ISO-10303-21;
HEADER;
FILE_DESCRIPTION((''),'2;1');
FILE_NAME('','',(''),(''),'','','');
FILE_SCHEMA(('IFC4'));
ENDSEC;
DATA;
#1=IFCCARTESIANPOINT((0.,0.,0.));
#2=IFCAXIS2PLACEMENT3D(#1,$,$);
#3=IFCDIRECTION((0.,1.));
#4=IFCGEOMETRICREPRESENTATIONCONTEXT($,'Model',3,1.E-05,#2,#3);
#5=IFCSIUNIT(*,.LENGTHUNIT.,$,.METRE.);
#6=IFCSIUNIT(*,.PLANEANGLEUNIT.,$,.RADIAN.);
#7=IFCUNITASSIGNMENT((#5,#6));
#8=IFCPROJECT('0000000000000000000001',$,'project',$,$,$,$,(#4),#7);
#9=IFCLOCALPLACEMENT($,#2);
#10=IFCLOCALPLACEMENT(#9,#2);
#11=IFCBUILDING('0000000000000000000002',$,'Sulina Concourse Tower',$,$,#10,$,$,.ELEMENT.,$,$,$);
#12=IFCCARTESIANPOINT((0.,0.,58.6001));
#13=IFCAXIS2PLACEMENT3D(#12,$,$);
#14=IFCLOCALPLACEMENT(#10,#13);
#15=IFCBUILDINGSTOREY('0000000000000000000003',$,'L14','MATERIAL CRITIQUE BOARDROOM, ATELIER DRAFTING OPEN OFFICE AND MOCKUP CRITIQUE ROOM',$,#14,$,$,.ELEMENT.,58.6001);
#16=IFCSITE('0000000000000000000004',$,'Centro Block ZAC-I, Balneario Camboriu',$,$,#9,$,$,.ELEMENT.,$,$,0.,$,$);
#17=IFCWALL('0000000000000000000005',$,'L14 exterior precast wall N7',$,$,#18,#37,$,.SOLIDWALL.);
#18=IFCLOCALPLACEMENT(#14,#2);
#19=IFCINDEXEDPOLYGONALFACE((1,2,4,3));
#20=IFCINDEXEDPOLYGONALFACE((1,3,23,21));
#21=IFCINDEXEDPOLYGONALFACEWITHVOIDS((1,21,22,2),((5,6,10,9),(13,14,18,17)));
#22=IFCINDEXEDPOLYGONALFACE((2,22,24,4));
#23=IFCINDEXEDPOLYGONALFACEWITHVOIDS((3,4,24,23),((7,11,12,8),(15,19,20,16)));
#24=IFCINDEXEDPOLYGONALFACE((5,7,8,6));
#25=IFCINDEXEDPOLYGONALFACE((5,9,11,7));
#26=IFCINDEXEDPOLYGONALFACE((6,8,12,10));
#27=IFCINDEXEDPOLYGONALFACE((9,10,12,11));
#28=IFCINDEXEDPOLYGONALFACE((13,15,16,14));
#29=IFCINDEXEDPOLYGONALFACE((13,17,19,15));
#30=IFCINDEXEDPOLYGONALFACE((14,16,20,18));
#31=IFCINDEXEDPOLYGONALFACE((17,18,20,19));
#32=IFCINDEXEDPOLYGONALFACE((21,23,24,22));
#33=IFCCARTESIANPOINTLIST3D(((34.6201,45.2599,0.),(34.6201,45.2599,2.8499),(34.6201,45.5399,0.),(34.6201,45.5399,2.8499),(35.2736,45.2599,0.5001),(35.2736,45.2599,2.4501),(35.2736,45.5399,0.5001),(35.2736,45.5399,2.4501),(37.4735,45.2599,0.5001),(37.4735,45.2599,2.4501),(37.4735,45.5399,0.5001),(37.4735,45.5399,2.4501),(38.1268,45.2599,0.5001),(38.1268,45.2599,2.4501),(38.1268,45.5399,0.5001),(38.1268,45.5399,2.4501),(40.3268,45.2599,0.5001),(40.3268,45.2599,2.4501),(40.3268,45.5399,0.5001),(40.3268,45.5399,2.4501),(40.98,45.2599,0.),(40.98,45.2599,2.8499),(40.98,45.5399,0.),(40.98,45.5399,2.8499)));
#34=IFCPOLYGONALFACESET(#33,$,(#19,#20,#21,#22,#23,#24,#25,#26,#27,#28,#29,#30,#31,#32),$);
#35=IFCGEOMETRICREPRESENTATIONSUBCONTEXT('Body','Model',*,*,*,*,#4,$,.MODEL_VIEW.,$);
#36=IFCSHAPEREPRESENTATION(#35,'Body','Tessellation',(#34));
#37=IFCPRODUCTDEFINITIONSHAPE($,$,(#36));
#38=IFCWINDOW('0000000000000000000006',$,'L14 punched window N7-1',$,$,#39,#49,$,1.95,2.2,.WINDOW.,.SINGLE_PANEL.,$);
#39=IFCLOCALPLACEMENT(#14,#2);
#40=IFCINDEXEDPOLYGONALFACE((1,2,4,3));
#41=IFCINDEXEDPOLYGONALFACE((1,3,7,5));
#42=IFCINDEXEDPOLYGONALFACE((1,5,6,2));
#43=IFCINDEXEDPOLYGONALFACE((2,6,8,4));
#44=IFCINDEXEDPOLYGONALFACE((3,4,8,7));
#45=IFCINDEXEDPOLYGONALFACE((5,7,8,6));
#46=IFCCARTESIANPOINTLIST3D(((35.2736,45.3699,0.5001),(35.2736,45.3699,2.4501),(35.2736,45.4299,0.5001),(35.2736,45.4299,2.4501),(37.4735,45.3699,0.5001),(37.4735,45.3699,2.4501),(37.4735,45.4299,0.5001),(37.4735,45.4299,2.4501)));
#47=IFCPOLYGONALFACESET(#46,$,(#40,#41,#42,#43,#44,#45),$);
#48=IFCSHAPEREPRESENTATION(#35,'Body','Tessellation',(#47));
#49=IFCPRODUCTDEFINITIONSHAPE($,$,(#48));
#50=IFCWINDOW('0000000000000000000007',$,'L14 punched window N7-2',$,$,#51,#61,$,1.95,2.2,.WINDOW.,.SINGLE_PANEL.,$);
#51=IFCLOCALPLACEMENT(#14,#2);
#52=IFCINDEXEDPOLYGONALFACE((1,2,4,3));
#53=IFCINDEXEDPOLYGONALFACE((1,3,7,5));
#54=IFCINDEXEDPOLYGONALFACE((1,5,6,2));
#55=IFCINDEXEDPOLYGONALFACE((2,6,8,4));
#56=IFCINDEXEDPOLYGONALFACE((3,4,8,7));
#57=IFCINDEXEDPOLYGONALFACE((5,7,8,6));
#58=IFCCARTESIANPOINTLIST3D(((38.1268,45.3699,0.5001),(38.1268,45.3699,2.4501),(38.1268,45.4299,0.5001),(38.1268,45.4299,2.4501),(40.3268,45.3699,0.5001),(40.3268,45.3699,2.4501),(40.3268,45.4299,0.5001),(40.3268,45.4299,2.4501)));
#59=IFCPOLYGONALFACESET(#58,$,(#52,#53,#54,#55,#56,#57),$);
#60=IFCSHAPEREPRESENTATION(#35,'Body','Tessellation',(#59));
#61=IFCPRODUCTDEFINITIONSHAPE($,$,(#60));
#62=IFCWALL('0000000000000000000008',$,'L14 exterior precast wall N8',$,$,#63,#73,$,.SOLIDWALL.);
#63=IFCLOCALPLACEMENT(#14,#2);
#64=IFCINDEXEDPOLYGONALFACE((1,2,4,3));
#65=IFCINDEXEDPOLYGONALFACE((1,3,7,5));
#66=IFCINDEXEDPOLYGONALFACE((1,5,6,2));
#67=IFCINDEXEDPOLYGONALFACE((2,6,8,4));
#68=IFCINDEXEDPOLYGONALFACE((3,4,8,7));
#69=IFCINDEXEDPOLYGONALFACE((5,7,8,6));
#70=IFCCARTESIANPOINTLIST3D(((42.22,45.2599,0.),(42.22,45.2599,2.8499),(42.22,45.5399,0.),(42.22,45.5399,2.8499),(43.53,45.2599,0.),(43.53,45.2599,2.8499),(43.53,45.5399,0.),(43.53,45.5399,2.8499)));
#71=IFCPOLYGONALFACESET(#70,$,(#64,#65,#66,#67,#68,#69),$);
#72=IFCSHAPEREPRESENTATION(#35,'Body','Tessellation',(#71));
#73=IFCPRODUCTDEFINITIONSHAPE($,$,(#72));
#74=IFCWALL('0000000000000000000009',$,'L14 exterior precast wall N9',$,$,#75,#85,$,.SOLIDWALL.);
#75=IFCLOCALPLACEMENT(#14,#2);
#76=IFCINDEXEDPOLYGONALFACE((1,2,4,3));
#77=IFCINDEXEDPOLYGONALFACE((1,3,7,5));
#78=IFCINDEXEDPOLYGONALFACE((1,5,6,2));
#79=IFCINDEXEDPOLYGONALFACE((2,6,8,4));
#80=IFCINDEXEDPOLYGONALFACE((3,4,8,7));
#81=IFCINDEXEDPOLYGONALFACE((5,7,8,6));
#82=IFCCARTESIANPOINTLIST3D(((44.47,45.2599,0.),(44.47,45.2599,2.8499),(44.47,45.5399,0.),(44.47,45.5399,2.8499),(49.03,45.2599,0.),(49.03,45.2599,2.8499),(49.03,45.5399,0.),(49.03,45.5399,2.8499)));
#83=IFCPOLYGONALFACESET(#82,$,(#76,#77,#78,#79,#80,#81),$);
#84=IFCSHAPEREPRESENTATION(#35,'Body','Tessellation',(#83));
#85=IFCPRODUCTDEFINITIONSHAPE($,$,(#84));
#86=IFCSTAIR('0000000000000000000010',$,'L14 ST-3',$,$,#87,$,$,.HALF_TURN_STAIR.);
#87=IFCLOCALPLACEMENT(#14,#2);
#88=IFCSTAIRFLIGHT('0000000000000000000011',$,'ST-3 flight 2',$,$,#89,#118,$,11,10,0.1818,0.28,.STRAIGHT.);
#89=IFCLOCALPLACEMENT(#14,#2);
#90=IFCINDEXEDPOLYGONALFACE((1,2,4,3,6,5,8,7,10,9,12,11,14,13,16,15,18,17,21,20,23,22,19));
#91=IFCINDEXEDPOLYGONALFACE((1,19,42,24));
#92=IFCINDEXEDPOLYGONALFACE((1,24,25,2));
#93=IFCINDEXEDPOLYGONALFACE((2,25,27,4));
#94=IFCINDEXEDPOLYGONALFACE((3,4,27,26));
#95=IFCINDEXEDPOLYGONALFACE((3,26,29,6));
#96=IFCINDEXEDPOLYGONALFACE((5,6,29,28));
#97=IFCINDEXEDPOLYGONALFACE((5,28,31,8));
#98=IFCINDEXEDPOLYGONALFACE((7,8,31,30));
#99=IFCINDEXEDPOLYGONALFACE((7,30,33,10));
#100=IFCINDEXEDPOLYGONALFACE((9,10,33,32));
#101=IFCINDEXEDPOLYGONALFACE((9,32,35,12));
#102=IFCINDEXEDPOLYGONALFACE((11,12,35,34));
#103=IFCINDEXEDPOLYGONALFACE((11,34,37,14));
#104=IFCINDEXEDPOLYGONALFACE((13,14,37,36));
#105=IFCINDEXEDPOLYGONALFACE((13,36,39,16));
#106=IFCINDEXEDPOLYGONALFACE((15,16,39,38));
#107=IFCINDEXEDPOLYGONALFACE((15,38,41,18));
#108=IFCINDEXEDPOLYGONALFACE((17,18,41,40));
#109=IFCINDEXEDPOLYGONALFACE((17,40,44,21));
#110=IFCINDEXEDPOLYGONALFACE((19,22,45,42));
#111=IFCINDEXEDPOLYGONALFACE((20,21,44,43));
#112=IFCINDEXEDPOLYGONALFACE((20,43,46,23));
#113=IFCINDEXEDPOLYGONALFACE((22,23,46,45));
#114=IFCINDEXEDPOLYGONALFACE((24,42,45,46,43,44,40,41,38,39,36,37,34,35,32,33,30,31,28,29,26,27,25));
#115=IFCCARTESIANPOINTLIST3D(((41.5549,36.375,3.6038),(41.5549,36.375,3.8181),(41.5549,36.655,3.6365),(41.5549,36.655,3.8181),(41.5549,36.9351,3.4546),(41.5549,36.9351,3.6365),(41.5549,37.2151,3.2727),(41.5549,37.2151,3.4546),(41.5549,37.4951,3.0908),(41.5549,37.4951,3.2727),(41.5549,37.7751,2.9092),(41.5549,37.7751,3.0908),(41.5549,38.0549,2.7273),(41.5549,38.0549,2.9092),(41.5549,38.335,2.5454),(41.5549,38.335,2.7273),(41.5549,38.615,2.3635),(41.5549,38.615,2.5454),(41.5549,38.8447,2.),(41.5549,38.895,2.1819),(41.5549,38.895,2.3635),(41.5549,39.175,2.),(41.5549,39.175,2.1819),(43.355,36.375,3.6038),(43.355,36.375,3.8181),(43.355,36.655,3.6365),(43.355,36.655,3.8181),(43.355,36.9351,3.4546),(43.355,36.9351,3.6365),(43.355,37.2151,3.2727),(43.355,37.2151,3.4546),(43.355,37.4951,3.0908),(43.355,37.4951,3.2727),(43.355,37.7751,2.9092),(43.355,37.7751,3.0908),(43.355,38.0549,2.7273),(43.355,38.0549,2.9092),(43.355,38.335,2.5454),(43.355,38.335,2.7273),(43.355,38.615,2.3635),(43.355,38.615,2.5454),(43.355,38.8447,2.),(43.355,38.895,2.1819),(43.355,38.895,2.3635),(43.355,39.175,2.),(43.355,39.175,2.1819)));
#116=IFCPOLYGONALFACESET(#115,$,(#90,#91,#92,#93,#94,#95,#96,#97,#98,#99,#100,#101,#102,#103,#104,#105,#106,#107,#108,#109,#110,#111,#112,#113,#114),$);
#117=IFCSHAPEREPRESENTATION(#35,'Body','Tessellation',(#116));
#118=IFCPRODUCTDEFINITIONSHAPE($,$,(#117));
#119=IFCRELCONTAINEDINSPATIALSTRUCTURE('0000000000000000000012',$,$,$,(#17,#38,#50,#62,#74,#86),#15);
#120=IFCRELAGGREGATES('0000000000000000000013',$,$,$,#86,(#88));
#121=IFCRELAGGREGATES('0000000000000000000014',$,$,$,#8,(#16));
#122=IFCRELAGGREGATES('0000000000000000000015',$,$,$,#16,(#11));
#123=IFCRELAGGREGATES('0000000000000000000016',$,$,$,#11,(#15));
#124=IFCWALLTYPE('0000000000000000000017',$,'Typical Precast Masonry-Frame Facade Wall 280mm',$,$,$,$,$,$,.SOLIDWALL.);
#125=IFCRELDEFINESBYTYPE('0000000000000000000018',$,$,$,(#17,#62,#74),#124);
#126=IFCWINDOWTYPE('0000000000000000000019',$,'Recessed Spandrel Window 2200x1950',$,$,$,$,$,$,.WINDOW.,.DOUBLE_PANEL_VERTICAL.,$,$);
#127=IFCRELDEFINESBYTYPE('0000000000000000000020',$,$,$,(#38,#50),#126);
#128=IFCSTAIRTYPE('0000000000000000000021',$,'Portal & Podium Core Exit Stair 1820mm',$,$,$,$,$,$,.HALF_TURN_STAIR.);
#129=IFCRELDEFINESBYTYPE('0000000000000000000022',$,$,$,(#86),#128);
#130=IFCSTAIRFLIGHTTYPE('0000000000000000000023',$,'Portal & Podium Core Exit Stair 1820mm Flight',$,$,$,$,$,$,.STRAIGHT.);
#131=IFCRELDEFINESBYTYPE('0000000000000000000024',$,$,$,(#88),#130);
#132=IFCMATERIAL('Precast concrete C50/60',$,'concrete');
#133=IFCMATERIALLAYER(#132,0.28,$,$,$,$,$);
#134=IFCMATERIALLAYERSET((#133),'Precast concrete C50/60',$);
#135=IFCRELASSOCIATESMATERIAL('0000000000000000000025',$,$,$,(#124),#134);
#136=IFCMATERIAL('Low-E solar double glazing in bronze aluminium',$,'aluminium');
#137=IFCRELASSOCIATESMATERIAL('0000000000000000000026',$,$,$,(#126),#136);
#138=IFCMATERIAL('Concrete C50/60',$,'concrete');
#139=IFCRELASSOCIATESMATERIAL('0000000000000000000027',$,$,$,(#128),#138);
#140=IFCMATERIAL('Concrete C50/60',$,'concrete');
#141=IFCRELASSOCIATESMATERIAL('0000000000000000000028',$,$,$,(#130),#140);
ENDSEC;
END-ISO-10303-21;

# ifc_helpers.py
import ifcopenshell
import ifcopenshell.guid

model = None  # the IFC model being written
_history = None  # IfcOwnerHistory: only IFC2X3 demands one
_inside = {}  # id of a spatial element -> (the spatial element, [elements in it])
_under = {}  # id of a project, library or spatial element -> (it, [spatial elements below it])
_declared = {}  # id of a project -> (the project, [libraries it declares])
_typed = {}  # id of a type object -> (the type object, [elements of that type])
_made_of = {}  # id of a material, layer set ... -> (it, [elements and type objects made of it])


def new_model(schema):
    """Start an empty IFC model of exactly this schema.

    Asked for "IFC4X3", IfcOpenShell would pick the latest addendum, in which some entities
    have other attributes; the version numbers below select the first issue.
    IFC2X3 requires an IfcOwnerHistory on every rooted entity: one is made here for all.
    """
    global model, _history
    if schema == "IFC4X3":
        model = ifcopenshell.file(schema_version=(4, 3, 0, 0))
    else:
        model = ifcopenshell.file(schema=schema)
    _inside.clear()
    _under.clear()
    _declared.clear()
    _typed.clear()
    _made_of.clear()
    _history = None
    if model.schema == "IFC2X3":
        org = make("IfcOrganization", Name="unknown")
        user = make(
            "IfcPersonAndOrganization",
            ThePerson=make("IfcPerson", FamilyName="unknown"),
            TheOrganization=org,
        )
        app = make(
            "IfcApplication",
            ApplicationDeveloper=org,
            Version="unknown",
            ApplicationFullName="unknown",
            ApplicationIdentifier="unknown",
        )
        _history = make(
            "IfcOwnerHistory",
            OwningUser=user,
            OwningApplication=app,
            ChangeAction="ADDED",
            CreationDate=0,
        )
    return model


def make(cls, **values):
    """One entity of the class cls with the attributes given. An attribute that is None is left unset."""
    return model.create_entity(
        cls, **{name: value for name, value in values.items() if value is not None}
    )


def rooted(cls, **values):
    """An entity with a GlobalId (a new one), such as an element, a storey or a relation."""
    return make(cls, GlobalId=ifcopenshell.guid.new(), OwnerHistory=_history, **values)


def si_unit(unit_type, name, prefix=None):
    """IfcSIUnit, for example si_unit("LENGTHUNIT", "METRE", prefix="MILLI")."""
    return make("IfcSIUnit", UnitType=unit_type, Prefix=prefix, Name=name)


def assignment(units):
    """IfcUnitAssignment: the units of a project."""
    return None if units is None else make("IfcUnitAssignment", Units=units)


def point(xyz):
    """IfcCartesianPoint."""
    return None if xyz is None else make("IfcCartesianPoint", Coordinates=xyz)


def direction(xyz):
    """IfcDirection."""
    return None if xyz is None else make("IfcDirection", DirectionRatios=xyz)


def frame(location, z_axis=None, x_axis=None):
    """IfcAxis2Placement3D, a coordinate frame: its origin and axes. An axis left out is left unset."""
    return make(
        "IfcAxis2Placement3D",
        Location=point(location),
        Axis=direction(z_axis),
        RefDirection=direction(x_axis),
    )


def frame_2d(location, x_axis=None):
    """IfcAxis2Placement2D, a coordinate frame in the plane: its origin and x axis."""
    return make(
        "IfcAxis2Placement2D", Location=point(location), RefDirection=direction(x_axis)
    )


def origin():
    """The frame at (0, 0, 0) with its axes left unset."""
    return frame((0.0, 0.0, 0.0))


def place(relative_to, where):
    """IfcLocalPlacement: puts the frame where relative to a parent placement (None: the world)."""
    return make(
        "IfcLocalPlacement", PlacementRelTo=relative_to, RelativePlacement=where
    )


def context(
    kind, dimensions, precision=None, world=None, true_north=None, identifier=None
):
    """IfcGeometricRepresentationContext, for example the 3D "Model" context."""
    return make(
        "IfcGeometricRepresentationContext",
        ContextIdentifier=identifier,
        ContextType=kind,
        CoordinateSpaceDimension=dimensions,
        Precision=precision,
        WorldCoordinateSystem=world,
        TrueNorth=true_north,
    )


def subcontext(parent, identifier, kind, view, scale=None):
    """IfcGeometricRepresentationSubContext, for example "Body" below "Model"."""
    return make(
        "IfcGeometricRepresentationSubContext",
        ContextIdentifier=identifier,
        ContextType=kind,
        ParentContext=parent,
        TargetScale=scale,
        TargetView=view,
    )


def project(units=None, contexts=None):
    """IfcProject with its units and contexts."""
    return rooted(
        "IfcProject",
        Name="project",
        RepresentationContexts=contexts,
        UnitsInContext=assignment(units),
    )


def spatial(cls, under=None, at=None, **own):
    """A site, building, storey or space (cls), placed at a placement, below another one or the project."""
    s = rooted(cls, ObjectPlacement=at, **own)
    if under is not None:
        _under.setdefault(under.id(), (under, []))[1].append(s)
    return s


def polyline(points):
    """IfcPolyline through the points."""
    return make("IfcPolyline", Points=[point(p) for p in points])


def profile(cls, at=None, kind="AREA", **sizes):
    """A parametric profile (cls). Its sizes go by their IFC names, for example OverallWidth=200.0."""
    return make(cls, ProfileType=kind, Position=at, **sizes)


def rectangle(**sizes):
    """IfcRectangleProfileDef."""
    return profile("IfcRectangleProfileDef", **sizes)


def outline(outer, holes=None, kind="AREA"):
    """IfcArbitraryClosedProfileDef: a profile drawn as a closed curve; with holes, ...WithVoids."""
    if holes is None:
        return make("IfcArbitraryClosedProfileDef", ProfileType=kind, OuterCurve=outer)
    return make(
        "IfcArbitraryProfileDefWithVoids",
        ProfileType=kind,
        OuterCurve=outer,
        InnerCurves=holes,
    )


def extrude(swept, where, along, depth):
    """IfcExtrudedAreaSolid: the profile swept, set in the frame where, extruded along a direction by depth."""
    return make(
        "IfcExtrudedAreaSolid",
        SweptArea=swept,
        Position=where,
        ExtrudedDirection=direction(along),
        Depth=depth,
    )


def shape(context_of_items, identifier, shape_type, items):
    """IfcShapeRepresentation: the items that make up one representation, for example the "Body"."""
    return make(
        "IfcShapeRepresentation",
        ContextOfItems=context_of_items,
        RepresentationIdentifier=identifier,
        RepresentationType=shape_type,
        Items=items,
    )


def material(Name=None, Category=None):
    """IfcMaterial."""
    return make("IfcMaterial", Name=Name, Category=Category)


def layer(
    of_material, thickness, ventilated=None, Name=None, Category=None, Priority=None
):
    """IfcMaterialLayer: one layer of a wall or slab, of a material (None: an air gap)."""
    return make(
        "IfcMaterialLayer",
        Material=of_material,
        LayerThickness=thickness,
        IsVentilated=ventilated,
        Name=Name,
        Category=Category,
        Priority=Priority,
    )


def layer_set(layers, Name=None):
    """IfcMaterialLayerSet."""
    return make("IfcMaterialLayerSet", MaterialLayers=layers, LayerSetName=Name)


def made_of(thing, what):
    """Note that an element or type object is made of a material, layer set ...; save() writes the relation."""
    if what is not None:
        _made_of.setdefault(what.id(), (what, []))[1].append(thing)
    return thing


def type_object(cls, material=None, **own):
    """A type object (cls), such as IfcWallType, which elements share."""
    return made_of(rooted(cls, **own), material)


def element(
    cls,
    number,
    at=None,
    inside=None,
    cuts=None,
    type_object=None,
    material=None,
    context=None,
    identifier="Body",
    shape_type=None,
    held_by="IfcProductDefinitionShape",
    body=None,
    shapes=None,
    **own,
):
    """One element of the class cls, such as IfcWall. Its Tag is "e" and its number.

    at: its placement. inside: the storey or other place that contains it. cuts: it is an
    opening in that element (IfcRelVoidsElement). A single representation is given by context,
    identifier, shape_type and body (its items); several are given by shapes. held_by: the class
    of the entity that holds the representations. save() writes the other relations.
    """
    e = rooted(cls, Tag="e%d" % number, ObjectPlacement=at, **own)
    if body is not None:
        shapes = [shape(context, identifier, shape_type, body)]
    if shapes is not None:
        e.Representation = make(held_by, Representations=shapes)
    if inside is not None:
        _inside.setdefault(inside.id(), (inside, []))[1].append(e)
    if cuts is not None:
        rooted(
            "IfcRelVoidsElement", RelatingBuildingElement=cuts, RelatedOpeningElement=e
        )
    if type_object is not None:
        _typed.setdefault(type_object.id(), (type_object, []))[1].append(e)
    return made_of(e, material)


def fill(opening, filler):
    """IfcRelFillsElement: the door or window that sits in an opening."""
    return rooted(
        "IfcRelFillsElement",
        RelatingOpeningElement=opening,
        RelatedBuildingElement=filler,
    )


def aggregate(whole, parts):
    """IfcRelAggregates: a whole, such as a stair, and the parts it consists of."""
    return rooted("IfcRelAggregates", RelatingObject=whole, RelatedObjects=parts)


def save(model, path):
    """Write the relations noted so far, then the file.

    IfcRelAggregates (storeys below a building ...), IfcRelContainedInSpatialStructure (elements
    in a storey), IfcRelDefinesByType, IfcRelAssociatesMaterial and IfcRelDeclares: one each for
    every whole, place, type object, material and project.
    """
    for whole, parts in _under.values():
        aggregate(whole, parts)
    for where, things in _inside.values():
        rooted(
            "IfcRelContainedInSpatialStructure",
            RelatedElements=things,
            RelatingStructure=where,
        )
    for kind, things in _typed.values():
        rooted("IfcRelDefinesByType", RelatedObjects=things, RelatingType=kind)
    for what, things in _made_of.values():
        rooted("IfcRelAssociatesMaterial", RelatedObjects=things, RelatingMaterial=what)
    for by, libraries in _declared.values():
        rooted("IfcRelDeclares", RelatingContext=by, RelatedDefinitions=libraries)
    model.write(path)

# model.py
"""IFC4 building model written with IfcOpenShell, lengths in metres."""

from ifc_helpers import new_model, si_unit, direction, frame, frame_2d, origin, place, context, subcontext, project, spatial, polyline, rectangle, outline, extrude, material, layer, layer_set, type_object, element, fill, aggregate, save


model = new_model("IFC4")

# Units and contexts
model_context = context("Model", 3, precision=1e-05, world=origin(), true_north=direction((0.0, 1.0)))
body_context = subcontext(model_context, "Body", "Model", "MODEL_VIEW")
ifc_project = project(units=[si_unit("LENGTHUNIT", "METRE"), si_unit("PLANEANGLEUNIT", "RADIAN")], contexts=[model_context])

# Site, building, storey
site_placement = place(None, origin())
site = spatial("IfcSite", under=ifc_project, at=site_placement, Name="Centro Block ZAC-I, Balneario Camboriu", CompositionType="ELEMENT", RefElevation=0.0)
building_placement = place(site_placement, origin())
building = spatial("IfcBuilding", under=site, at=building_placement, Name="Sulina Concourse Tower", CompositionType="ELEMENT")
storey_placement = place(building_placement, frame((0.0, 0.0, 58.6001)))
storey = spatial("IfcBuildingStorey", under=building, at=storey_placement, Name="L14", Description="MATERIAL CRITIQUE BOARDROOM, ATELIER DRAFTING OPEN OFFICE AND MOCKUP CRITIQUE ROOM", CompositionType="ELEMENT", Elevation=58.6001)

# Shared definitions
ifc_material_1 = material(Name="Precast concrete C50/60", Category="concrete")
ifc_layer_1 = layer(ifc_material_1, 0.28)
ifc_layer_set_1 = layer_set([ifc_layer_1], Name="Precast concrete C50/60")
wall_type_1 = type_object("IfcWallType", Name="Typical Precast Masonry-Frame Facade Wall 280mm", PredefinedType="SOLIDWALL", material=ifc_layer_set_1)

# Wall, openings, windows
wall_1_placement = place(storey_placement, frame((34.6201, 45.3999, 0.0), z_axis=(0.0, 0.0, 1.0), x_axis=(1.0, 0.0, 0.0)))
wall_1 = element("IfcWall", 1, at=wall_1_placement, inside=storey, type_object=wall_type_1, Name="L14 exterior precast wall N7", PredefinedType="SOLIDWALL", context=body_context, shape_type="SweptSolid", body=[
    extrude(rectangle(XDim=6.3599, YDim=0.28, at=frame_2d((3.1799, 0.0))), origin(), (0.0, 0.0, 1.0), 2.8499),
])
opening_1_placement = place(wall_1_placement, frame((0.6533, 0.0, 0.5)))
opening_1 = element("IfcOpeningElement", 2, at=opening_1_placement, cuts=wall_1, PredefinedType="OPENING", context=body_context, shape_type="SweptSolid", body=[
    extrude(rectangle(XDim=2.2, YDim=1.95, at=frame_2d((1.1001, 0.9751))), frame((0.0, 0.1499, 0.0), z_axis=(0.0, -1.0, 0.0), x_axis=(1.0, 0.0, 0.0)), (0.0, 0.0, 1.0), 0.3),
])
opening_2_placement = place(wall_1_placement, frame((3.5066, 0.0, 0.5)))
opening_2 = element("IfcOpeningElement", 3, at=opening_2_placement, cuts=wall_1, PredefinedType="OPENING", context=body_context, shape_type="SweptSolid", body=[
    extrude(rectangle(XDim=2.2, YDim=1.95, at=frame_2d((1.1001, 0.9751))), frame((0.0, 0.1499, 0.0), z_axis=(0.0, -1.0, 0.0), x_axis=(1.0, 0.0, 0.0)), (0.0, 0.0, 1.0), 0.3),
])
ifc_material_2 = material(Name="Low-E solar double glazing in bronze aluminium", Category="aluminium")
window_type = type_object("IfcWindowType", Name="Recessed Spandrel Window 2200x1950", PartitioningType="DOUBLE_PANEL_VERTICAL", PredefinedType="WINDOW", material=ifc_material_2)
window_1_placement = place(opening_1_placement, origin())
window_1 = element("IfcWindow", 4, at=window_1_placement, inside=storey, type_object=window_type, Name="L14 punched window N7-1", OverallHeight=1.95, OverallWidth=2.2, PartitioningType="SINGLE_PANEL", PredefinedType="WINDOW", context=body_context, shape_type="SweptSolid", body=[
    extrude(rectangle(XDim=2.2, YDim=1.95, at=frame_2d((1.1001, 0.9751))), frame((0.0, 0.03, 0.0), z_axis=(0.0, -1.0, 0.0), x_axis=(1.0, 0.0, 0.0)), (0.0, 0.0, 1.0), 0.0601),
])
fill(opening_1, window_1)
window_2_placement = place(opening_2_placement, origin())
window_2 = element("IfcWindow", 5, at=window_2_placement, inside=storey, type_object=window_type, Name="L14 punched window N7-2", OverallHeight=1.95, OverallWidth=2.2, PartitioningType="SINGLE_PANEL", PredefinedType="WINDOW", context=body_context, shape_type="SweptSolid", body=[
    extrude(rectangle(XDim=2.2, YDim=1.95, at=frame_2d((1.1001, 0.9751))), frame((0.0, 0.03, 0.0), z_axis=(0.0, -1.0, 0.0), x_axis=(1.0, 0.0, 0.0)), (0.0, 0.0, 1.0), 0.0601),
])
fill(opening_2, window_2)

# Walls
wall_2_placement = place(storey_placement, frame((42.22, 45.3999, 0.0), z_axis=(0.0, 0.0, 1.0), x_axis=(1.0, 0.0, 0.0)))
element("IfcWall", 6, at=wall_2_placement, inside=storey, type_object=wall_type_1, Name="L14 exterior precast wall N8", PredefinedType="SOLIDWALL", context=body_context, shape_type="SweptSolid", body=[
    extrude(rectangle(XDim=1.3101, YDim=0.28, at=frame_2d((0.655, 0.0))), origin(), (0.0, 0.0, 1.0), 2.8499),
])
wall_3_placement = place(storey_placement, frame((44.47, 45.3999, 0.0), z_axis=(0.0, 0.0, 1.0), x_axis=(1.0, 0.0, 0.0)))
element("IfcWall", 7, at=wall_3_placement, inside=storey, type_object=wall_type_1, Name="L14 exterior precast wall N9", PredefinedType="SOLIDWALL", context=body_context, shape_type="SweptSolid", body=[
    extrude(rectangle(XDim=4.5601, YDim=0.28, at=frame_2d((2.28, 0.0))), origin(), (0.0, 0.0, 1.0), 2.8499),
])

# Stair, stair flight
ifc_material_3 = material(Name="Concrete C50/60", Category="concrete")
stair_type = type_object("IfcStairType", Name="Portal & Podium Core Exit Stair 1820mm", PredefinedType="HALF_TURN_STAIR", material=ifc_material_3)
stair_placement = place(storey_placement, origin())
stair = element("IfcStair", 8, at=stair_placement, inside=storey, type_object=stair_type, Name="L14 ST-3", PredefinedType="HALF_TURN_STAIR")
ifc_material_4 = material(Name="Concrete C50/60", Category="concrete")
stair_flight_type = type_object("IfcStairFlightType", Name="Portal & Podium Core Exit Stair 1820mm Flight", PredefinedType="STRAIGHT", material=ifc_material_4)
stair_flight_placement = place(storey_placement, frame((42.4551, 39.175, 2.0), z_axis=(0.0, 0.0, 1.0), x_axis=(0.0, -1.0, 0.0)))
stair_flight = element("IfcStairFlight", 9, at=stair_flight_placement, type_object=stair_flight_type, Name="ST-3 flight 2", NumberOfRisers=11, NumberOfTreads=10, PredefinedType="STRAIGHT", RiserHeight=0.1818, TreadLength=0.28, context=body_context, shape_type="SweptSolid", body=[
    extrude(outline(polyline([(0.0, 0.0), (0.0, 0.1819), (0.28, 0.1819), (0.28, 0.3635), (0.5601, 0.3635), (0.5601, 0.5454), (0.8401, 0.5454), (0.8401, 0.7273), (1.1201, 0.7273), (1.1201, 0.9092), (1.3999, 0.9092), (1.3999, 1.0908), (1.6799, 1.0908), (1.6799, 1.2727), (1.96, 1.2727), (1.96, 1.4546), (2.24, 1.4546), (2.24, 1.6365), (2.52, 1.6365), (2.52, 1.8181), (2.8, 1.8181), (2.8, 2.0), (2.8, 1.6038), (0.3303, 0.0), (0.0, 0.0)])), frame((0.0, 0.8999, 0.0), z_axis=(0.0, -1.0, 0.0), x_axis=(1.0, 0.0, 0.0)), (0.0, 0.0, 1.0), 1.8),
])
aggregate(stair, [stair_flight])

save(model, "model.ifc")
